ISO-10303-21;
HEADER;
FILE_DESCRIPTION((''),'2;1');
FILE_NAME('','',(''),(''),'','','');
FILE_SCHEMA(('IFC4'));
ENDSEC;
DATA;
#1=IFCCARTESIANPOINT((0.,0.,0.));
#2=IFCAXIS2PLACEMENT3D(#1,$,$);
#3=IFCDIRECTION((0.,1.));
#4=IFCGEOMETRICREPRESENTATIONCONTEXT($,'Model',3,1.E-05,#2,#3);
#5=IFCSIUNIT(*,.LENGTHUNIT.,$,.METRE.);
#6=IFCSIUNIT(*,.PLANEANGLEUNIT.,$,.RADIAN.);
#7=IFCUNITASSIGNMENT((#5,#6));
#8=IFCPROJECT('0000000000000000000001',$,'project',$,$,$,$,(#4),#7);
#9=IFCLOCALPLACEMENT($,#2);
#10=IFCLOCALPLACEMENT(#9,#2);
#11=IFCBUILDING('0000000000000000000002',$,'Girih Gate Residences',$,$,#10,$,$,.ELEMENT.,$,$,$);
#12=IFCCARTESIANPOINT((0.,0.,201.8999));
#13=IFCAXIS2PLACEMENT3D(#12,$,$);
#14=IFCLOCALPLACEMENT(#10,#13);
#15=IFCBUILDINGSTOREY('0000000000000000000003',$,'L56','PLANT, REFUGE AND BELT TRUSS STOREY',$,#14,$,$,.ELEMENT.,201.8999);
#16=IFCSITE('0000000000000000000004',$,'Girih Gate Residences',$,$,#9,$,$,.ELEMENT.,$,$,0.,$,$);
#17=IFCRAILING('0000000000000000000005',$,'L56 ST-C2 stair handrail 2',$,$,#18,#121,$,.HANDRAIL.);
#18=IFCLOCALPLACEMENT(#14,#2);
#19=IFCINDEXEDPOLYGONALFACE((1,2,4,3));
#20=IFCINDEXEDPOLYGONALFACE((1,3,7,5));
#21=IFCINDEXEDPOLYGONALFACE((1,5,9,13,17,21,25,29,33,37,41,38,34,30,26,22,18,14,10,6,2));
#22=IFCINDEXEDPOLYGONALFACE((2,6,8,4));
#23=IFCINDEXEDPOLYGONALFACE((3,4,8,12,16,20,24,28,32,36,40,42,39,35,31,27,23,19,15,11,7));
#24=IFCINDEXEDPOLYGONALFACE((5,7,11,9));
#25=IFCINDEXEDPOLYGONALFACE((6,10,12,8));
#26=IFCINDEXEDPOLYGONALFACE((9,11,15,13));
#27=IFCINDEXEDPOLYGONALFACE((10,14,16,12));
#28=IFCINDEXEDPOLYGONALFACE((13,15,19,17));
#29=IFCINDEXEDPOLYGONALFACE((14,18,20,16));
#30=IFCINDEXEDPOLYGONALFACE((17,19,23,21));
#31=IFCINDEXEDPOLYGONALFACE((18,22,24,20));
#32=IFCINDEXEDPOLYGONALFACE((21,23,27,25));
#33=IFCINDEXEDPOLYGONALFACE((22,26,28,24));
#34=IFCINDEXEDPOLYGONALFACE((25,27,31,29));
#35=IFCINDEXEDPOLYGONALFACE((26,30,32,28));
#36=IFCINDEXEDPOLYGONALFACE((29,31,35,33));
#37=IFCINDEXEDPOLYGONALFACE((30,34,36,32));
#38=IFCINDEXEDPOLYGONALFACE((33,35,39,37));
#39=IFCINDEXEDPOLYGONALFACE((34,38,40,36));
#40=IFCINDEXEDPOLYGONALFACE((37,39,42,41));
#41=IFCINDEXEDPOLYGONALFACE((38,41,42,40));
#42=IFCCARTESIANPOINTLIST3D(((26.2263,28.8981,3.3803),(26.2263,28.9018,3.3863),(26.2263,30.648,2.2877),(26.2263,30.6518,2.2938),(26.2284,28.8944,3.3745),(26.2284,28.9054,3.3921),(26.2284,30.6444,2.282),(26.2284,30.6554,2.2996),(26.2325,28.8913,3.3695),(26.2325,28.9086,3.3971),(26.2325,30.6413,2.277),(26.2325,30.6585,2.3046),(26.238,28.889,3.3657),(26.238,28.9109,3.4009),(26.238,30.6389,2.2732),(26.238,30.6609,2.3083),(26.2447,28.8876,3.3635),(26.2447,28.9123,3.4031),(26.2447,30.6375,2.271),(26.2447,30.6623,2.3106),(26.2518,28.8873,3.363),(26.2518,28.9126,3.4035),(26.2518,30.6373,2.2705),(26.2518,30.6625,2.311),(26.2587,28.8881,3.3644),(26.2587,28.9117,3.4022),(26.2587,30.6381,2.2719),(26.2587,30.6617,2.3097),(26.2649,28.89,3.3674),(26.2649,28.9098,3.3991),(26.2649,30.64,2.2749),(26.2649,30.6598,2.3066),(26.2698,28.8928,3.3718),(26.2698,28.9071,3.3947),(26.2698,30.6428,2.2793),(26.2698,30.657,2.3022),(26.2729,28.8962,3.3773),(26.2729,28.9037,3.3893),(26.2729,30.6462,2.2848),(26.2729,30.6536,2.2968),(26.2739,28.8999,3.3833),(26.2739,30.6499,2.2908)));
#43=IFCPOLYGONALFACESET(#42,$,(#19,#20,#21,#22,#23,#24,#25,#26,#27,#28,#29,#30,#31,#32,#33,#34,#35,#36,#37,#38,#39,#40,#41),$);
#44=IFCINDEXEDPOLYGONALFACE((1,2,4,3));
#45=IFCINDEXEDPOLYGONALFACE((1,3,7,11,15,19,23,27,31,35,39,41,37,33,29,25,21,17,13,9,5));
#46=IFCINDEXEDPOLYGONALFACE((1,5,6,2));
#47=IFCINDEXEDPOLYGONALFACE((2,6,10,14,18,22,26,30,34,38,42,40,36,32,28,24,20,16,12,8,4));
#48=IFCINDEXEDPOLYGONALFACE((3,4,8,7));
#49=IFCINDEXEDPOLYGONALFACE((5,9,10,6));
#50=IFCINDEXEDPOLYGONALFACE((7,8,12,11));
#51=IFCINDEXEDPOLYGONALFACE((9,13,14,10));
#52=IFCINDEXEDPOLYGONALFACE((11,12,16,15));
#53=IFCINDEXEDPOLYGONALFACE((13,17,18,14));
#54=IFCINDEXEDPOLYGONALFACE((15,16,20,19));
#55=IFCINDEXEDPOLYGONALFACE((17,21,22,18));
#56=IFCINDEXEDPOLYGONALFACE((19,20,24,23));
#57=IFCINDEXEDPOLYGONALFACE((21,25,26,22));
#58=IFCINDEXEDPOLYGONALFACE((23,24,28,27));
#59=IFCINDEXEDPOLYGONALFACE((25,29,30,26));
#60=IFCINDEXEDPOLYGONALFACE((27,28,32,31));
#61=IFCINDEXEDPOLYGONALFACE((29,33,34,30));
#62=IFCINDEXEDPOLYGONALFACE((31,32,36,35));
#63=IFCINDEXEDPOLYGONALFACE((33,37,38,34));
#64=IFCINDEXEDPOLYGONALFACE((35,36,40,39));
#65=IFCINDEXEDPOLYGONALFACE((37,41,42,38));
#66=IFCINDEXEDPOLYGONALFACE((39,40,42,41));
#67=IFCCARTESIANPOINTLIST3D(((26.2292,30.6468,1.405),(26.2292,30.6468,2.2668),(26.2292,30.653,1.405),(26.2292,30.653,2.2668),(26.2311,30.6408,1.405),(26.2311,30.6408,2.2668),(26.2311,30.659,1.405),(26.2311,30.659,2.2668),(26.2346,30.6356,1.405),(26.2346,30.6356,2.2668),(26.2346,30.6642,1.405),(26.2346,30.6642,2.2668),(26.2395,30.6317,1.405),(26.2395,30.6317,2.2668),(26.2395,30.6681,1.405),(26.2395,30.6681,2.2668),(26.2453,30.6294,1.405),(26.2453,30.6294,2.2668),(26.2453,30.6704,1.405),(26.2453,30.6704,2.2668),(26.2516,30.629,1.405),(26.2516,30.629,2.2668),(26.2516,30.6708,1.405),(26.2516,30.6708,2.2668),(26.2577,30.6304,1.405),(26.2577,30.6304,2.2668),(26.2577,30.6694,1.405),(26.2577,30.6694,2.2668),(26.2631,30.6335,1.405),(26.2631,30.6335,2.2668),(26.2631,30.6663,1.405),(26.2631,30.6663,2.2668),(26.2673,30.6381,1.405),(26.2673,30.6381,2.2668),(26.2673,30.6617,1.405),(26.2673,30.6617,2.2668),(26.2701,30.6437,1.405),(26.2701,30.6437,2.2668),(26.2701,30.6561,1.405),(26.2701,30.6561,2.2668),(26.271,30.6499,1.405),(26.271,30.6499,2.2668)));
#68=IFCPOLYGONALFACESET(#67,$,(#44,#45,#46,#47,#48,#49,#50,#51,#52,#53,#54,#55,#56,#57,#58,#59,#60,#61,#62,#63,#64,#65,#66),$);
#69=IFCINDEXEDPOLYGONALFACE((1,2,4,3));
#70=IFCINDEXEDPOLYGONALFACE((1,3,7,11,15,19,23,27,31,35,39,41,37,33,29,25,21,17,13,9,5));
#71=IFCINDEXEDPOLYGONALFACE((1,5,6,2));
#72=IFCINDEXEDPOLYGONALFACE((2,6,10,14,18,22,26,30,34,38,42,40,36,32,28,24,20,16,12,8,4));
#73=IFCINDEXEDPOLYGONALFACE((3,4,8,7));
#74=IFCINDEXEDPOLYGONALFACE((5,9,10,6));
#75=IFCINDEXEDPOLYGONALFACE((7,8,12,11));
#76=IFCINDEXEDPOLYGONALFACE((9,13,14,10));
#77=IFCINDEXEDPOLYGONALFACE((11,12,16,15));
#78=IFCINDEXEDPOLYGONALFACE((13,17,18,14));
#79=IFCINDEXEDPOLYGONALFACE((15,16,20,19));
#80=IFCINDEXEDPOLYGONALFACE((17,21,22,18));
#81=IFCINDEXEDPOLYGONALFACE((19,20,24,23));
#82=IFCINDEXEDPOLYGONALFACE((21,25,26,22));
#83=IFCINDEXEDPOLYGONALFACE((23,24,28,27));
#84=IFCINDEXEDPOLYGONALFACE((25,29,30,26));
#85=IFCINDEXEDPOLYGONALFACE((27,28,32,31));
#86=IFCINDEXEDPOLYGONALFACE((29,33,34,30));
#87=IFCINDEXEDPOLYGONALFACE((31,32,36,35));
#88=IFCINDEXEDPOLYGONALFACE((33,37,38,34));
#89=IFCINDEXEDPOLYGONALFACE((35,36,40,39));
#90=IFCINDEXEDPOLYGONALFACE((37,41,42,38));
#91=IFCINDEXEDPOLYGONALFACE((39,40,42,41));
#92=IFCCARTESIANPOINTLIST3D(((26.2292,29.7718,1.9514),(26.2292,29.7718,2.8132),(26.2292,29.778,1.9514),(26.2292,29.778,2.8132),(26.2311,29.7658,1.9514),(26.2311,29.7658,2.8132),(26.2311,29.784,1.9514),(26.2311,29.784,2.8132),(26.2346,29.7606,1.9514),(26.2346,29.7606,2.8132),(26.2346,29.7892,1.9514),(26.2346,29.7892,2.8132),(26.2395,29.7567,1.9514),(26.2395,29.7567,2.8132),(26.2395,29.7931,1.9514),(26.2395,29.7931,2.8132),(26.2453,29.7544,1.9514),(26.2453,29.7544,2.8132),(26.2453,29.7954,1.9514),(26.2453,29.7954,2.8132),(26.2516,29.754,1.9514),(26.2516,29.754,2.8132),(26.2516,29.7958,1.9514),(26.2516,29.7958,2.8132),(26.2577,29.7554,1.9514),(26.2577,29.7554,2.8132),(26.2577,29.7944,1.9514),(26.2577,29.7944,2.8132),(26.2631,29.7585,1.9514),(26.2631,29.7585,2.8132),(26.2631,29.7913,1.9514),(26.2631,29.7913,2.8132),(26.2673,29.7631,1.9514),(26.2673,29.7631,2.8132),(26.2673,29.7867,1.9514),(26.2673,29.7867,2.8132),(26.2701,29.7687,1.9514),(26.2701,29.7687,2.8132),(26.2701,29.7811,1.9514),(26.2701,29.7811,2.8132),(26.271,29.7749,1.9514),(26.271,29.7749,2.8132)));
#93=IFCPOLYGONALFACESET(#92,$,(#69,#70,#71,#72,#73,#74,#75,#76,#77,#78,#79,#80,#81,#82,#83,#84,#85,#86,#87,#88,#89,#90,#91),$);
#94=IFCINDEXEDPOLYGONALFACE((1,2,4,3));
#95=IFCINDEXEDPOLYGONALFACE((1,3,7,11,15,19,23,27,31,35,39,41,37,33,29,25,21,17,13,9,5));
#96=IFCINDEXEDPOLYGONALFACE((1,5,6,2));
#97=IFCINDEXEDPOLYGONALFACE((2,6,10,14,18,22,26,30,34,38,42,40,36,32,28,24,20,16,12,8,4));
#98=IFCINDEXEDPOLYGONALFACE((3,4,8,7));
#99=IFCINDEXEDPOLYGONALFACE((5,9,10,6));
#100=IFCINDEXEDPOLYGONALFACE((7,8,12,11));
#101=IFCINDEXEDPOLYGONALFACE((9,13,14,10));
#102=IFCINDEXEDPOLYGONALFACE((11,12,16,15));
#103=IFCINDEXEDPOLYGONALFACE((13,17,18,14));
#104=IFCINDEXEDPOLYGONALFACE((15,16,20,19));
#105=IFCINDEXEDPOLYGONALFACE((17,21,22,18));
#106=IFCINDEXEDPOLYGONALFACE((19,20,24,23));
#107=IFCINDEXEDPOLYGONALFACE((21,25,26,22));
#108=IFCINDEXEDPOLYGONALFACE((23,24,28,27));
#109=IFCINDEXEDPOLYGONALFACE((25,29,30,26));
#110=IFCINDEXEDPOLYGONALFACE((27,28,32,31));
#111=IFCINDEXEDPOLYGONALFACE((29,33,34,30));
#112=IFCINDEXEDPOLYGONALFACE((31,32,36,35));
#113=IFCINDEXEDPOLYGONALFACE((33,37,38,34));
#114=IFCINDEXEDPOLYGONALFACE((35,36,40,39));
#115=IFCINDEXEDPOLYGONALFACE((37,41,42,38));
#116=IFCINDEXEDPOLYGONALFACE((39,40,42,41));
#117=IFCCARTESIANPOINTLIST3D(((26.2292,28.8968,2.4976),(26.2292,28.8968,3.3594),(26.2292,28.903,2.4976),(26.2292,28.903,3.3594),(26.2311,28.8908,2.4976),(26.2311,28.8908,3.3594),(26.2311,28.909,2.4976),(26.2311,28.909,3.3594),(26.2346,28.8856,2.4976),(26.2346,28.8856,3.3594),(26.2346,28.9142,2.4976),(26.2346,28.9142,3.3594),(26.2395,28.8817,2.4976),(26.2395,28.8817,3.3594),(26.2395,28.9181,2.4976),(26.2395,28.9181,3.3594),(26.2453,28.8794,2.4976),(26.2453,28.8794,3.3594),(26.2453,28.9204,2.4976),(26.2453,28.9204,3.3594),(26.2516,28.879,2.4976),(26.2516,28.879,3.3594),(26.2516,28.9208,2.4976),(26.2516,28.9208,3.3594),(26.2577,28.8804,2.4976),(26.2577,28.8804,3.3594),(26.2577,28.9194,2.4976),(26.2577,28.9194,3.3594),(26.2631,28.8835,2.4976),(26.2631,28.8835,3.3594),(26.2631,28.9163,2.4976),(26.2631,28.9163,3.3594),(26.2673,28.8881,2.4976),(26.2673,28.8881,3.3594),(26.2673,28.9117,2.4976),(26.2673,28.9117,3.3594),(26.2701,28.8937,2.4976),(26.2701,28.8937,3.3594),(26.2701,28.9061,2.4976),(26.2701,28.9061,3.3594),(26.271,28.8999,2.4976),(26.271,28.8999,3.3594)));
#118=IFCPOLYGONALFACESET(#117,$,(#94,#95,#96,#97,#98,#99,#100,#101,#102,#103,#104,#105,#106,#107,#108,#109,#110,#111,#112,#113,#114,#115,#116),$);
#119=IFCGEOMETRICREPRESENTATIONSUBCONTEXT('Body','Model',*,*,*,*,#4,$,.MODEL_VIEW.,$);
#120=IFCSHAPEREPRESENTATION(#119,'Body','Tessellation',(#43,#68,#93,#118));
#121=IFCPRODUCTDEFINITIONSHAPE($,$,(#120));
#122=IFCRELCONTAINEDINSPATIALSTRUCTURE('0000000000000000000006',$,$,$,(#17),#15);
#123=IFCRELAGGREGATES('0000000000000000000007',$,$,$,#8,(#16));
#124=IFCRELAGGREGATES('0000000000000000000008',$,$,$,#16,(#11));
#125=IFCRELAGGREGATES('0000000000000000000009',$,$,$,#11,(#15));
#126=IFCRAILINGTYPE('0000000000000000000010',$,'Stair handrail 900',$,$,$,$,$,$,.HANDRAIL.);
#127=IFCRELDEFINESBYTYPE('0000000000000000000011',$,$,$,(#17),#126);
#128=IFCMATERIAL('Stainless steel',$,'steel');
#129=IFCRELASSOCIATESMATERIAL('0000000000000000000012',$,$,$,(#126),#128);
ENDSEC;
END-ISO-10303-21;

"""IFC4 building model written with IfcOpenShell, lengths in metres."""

from ifc_helpers import new_model, si_unit, direction, frame, origin, origin_2d, place, context, subcontext, project, spatial, circle, extrude, material, type_object, element, save


model = new_model("IFC4")

# Units and contexts
model_context = context("Model", 3, precision=1e-05, world=origin(), true_north=direction((0.0, 1.0)))
body_context = subcontext(model_context, "Body", "Model", "MODEL_VIEW")
ifc_project = project(units=[si_unit("LENGTHUNIT", "METRE"), si_unit("PLANEANGLEUNIT", "RADIAN")], contexts=[model_context])

# Site, building, storey
site_placement = place(None, origin())
site = spatial("IfcSite", under=ifc_project, at=site_placement, Name="Girih Gate Residences", CompositionType="ELEMENT", RefElevation=0.0)
building_placement = place(site_placement, origin())
building = spatial("IfcBuilding", under=site, at=building_placement, Name="Girih Gate Residences", CompositionType="ELEMENT")
storey_placement = place(building_placement, frame((0.0, 0.0, 201.8999)))
storey = spatial("IfcBuildingStorey", under=building, at=storey_placement, Name="L56", Description="PLANT, REFUGE AND BELT TRUSS STOREY", CompositionType="ELEMENT", Elevation=201.8999)

# Railing
ifc_material_1 = material(Name="Stainless steel", Category="steel")
railing_type_1 = type_object("IfcRailingType", Name="Stair handrail 900", PredefinedType="HANDRAIL", material=ifc_material_1)
railing_1_placement = place(storey_placement, frame((26.25, 30.6499, 1.405)))
element("IfcRailing", 1, at=railing_1_placement, inside=storey, type_object=railing_type_1, Name="L56 ST-C2 stair handrail 2", PredefinedType="HANDRAIL", context=body_context, shape_type="SweptSolid", body=[
    extrude(circle(Radius=0.0239, at=origin_2d()), frame((0.0, 0.0, 0.8857), z_axis=(0.0, -0.848264, 0.529573), x_axis=(1.0, 0.0, 0.0)), (0.0, 0.0, 1.0), 2.063),
    extrude(circle(Radius=0.021, at=origin_2d()), origin(), (0.0, 0.0, 1.0), 0.8618),
    extrude(circle(Radius=0.021, at=origin_2d()), frame((0.0, -0.875, 0.5464)), (0.0, 0.0, 1.0), 0.8618),
    extrude(circle(Radius=0.021, at=origin_2d()), frame((0.0, -1.75, 1.0925)), (0.0, 0.0, 1.0), 0.8618),
])

save(model, "model.ifc")
